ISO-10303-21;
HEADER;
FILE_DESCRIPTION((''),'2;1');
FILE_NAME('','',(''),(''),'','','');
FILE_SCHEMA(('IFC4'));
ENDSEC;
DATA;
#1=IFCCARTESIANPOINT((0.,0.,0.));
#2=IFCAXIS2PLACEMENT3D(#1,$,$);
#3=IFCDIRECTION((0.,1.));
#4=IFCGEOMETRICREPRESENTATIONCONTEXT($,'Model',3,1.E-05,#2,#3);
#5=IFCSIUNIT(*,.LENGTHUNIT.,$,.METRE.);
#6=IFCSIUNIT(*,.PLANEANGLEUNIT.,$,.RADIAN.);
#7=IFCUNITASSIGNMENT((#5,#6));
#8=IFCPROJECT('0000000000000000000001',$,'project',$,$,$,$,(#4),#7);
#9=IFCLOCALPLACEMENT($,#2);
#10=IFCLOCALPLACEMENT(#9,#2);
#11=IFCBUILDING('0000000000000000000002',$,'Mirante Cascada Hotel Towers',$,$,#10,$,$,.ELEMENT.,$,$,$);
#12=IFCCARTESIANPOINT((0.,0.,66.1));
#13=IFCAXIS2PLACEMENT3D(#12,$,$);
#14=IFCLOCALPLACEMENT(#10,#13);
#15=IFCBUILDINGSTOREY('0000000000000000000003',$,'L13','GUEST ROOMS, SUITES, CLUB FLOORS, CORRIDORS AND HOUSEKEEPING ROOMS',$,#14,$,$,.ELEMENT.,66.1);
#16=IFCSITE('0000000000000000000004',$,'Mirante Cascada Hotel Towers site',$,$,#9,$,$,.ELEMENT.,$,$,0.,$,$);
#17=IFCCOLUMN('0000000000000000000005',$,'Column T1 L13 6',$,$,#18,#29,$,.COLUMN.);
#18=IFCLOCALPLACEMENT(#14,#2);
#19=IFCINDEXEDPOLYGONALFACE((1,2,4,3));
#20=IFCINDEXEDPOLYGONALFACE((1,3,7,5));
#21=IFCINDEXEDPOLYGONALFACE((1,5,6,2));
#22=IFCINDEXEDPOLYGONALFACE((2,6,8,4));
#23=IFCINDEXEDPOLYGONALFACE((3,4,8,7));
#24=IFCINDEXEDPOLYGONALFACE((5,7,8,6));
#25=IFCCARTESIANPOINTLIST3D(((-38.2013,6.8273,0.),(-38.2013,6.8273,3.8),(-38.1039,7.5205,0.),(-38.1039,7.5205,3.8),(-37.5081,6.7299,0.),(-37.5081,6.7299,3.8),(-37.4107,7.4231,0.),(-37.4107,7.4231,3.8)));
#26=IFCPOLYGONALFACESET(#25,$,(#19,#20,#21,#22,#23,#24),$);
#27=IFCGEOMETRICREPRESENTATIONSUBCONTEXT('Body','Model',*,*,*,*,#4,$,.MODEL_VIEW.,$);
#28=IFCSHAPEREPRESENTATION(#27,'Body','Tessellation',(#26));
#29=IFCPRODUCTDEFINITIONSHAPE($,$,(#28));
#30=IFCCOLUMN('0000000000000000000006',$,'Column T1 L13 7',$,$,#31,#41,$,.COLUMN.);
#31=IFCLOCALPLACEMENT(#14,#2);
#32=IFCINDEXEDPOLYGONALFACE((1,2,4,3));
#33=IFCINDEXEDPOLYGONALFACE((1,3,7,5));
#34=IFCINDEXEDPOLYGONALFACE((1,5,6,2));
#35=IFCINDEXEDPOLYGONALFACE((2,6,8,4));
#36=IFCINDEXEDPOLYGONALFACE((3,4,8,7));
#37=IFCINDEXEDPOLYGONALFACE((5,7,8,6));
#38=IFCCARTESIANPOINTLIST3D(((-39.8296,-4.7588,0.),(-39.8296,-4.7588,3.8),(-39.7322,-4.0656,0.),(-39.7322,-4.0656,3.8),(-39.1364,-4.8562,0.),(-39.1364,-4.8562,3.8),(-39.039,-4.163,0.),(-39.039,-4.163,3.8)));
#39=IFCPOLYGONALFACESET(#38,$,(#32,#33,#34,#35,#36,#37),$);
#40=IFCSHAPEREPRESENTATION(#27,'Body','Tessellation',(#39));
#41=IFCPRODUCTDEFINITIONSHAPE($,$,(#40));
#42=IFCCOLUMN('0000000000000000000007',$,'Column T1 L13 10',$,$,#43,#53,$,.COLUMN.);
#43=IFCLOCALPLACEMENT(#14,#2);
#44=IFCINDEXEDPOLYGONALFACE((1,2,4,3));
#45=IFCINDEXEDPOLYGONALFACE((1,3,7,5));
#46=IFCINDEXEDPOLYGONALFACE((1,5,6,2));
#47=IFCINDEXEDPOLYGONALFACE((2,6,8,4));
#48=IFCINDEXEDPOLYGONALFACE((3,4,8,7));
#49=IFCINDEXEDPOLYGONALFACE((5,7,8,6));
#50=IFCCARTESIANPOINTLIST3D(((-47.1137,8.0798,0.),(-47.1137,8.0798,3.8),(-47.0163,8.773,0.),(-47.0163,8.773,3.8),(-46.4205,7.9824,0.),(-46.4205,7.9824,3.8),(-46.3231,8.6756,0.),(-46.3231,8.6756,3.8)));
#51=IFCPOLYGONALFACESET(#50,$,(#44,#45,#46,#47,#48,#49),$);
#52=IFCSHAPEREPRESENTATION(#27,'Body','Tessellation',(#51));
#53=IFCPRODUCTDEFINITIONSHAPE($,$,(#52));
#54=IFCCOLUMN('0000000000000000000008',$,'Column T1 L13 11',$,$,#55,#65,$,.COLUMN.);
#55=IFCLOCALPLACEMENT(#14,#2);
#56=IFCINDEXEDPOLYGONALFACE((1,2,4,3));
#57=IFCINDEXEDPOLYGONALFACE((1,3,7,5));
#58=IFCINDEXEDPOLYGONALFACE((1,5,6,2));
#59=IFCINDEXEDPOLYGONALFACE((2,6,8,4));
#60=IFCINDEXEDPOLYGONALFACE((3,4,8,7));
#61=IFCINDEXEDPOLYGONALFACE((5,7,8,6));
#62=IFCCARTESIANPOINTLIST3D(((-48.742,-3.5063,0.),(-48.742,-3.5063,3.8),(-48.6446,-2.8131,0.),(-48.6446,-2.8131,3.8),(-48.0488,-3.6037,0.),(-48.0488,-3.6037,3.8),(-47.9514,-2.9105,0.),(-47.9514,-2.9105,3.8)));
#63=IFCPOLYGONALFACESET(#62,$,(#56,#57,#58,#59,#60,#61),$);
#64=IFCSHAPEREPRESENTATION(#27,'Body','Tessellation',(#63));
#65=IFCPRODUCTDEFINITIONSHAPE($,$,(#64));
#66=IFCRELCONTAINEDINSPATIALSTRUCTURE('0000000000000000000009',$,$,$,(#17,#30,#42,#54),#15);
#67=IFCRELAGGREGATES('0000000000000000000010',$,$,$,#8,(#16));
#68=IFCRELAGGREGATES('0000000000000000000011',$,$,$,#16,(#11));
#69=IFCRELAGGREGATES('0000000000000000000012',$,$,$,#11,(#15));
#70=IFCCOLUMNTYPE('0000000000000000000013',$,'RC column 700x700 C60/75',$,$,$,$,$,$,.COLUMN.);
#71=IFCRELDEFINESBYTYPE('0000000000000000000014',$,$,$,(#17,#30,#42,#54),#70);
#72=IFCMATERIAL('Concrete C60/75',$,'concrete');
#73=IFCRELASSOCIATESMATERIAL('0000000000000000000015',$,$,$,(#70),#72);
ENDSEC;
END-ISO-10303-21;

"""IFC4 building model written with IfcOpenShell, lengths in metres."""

from ifc_helpers import new_model, si_unit, direction, frame, origin, origin_2d, place, context, subcontext, project, spatial, rectangle, extrude, material, material_profile, profile_set, type_object, element, save


model = new_model("IFC4")

# Units and contexts
model_context = context("Model", 3, precision=1e-05, world=origin(), true_north=direction((0.0, 1.0)))
body_context = subcontext(model_context, "Body", "Model", "MODEL_VIEW")
ifc_project = project(units=[si_unit("LENGTHUNIT", "METRE"), si_unit("PLANEANGLEUNIT", "RADIAN")], contexts=[model_context])

# Site, building, storey
site_placement = place(None, origin())
site = spatial("IfcSite", under=ifc_project, at=site_placement, Name="Mirante Cascada Hotel Towers site", CompositionType="ELEMENT", RefElevation=0.0)
building_placement = place(site_placement, origin())
building = spatial("IfcBuilding", under=site, at=building_placement, Name="Mirante Cascada Hotel Towers", CompositionType="ELEMENT")
storey_placement = place(building_placement, frame((0.0, 0.0, 66.1)))
storey = spatial("IfcBuildingStorey", under=building, at=storey_placement, Name="L13", Description="GUEST ROOMS, SUITES, CLUB FLOORS, CORRIDORS AND HOUSEKEEPING ROOMS", CompositionType="ELEMENT", Elevation=66.1)

# Columns
ifc_material_1 = material(Name="Concrete C60/75", Category="concrete")
ifc_material_profile = material_profile(ifc_material_1, rectangle(XDim=0.7, YDim=0.7, at=origin_2d()), Name="RC column 700x700 C60/75")
ifc_profile_set = profile_set([ifc_material_profile], Name="Concrete C60/75")
column_type = type_object("IfcColumnType", Name="RC column 700x700 C60/75", PredefinedType="COLUMN", material=ifc_profile_set)
for number, where, z_axis, x_axis, name in (
    (1, (-37.806, 7.1252, 0.0), (0.0, 0.0, 1.0), (-0.990268, 0.139173, 0.0), "Column T1 L13 6"),
    (2, (-39.4343, -4.4609, 0.0), (0.0, 0.0, 1.0), (-0.990268, 0.139173, 0.0), "Column T1 L13 7"),
    (3, (-46.7184, 8.3777, 0.0), (0.0, 0.0, 1.0), (-0.990268, 0.139173, 0.0), "Column T1 L13 10"),
    (4, (-48.3467, -3.2084, 0.0), (0.0, 0.0, 1.0), (-0.990268, 0.139173, 0.0), "Column T1 L13 11"),
):
    element("IfcColumn", number, at=place(storey_placement, frame(where, z_axis=z_axis, x_axis=x_axis)), inside=storey, type_object=column_type, Name=name, PredefinedType="COLUMN", context=body_context, shape_type="SweptSolid", body=[
        extrude(rectangle(XDim=0.7, YDim=0.7, at=origin_2d()), origin(), (0.0, 0.0, 1.0), 3.8),
    ])

save(model, "model.ifc")
